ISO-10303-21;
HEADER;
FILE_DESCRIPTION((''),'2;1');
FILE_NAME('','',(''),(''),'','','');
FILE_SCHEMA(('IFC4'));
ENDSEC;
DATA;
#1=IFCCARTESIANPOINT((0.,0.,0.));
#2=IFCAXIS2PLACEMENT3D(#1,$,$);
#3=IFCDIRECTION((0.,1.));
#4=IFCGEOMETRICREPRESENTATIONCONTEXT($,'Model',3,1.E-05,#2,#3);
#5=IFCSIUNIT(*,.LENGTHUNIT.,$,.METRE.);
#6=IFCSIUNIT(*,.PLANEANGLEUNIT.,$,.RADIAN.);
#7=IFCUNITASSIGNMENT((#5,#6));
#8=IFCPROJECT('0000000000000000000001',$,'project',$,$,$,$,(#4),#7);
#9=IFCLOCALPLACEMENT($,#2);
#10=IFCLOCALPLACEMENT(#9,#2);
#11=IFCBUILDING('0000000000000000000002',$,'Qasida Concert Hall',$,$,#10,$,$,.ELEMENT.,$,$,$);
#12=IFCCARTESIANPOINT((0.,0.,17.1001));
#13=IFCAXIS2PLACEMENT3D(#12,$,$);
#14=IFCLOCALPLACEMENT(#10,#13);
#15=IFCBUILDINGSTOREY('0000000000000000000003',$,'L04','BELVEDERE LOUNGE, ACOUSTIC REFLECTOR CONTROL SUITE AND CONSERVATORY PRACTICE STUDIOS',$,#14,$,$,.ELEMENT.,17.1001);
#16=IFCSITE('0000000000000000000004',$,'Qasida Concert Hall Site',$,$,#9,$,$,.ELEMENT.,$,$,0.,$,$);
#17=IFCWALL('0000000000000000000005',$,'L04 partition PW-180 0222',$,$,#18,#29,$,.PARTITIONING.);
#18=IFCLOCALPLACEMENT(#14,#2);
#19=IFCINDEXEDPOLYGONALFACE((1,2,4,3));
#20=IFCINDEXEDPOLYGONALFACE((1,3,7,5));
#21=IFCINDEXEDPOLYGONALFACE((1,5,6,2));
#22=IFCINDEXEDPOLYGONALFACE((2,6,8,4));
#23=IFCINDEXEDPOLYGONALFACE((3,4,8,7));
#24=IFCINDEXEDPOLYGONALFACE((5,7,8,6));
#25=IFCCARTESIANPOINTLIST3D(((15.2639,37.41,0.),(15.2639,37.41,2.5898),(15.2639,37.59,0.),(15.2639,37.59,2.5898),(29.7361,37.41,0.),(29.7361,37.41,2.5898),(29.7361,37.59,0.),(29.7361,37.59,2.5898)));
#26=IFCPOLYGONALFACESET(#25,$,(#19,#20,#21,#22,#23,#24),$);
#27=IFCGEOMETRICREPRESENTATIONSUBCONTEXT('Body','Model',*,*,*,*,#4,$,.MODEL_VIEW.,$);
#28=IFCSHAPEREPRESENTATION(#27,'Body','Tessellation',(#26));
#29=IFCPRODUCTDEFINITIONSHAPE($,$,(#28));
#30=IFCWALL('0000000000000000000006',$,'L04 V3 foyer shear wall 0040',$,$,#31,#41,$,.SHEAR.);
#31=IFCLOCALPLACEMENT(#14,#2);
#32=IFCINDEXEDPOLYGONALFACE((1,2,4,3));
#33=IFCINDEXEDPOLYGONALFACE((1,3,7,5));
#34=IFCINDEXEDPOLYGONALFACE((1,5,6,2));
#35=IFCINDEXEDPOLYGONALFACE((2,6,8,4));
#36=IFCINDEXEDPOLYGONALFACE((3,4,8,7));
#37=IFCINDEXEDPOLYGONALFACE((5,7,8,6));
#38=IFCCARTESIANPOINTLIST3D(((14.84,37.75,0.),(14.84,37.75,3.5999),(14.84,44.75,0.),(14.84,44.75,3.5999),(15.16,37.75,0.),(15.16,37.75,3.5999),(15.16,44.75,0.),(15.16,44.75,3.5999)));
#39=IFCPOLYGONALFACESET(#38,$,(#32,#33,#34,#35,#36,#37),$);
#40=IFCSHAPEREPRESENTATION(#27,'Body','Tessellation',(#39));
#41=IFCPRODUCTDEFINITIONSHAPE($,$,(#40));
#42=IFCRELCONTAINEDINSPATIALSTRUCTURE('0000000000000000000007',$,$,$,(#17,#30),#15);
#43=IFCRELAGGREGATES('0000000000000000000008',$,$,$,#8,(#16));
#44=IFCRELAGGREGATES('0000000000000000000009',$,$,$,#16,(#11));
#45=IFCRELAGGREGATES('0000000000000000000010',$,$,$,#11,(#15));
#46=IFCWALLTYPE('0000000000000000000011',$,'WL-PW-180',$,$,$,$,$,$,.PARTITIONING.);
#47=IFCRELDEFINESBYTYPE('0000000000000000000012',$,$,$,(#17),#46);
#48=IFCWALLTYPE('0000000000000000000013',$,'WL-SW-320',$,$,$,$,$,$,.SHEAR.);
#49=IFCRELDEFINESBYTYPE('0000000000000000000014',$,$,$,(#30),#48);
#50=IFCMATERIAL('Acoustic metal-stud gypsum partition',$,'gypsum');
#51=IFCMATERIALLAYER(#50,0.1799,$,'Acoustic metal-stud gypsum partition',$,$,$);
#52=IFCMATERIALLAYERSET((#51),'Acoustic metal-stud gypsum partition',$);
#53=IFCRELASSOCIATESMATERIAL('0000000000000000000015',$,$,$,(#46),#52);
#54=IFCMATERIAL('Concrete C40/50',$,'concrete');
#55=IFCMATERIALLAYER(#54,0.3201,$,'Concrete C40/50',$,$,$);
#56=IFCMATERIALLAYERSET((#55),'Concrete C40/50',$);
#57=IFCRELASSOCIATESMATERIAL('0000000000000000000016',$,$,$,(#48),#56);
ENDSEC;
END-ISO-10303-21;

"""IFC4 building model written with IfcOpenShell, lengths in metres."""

from ifc_helpers import new_model, si_unit, direction, frame, frame_2d, origin, place, context, subcontext, project, spatial, rectangle, extrude, material, layer, layer_set, type_object, element, save


model = new_model("IFC4")

# Units and contexts
model_context = context("Model", 3, precision=1e-05, world=origin(), true_north=direction((0.0, 1.0)))
body_context = subcontext(model_context, "Body", "Model", "MODEL_VIEW")
ifc_project = project(units=[si_unit("LENGTHUNIT", "METRE"), si_unit("PLANEANGLEUNIT", "RADIAN")], contexts=[model_context])

# Site, building, storey
site_placement = place(None, origin())
site = spatial("IfcSite", under=ifc_project, at=site_placement, Name="Qasida Concert Hall Site", CompositionType="ELEMENT", RefElevation=0.0)
building_placement = place(site_placement, origin())
building = spatial("IfcBuilding", under=site, at=building_placement, Name="Qasida Concert Hall", CompositionType="ELEMENT")
storey_placement = place(building_placement, frame((0.0, 0.0, 17.1001)))
storey = spatial("IfcBuildingStorey", under=building, at=storey_placement, Name="L04", Description="BELVEDERE LOUNGE, ACOUSTIC REFLECTOR CONTROL SUITE AND CONSERVATORY PRACTICE STUDIOS", CompositionType="ELEMENT", Elevation=17.1001)

# Shared definitions
ifc_material_1 = material(Name="Concrete C40/50", Category="concrete")

# Wall
ifc_material_2 = material(Name="Acoustic metal-stud gypsum partition", Category="gypsum")
ifc_layer_1 = layer(ifc_material_2, 0.1799, Name="Acoustic metal-stud gypsum partition")
ifc_layer_set_1 = layer_set([ifc_layer_1], Name="Acoustic metal-stud gypsum partition")
wall_type_1 = type_object("IfcWallType", Name="WL-PW-180", PredefinedType="PARTITIONING", material=ifc_layer_set_1)
wall_1_placement = place(storey_placement, frame((15.2639, 37.5, 0.0), z_axis=(0.0, 0.0, 1.0), x_axis=(1.0, 0.0, 0.0)))
element("IfcWall", 1, at=wall_1_placement, inside=storey, type_object=wall_type_1, Name="L04 partition PW-180 0222", PredefinedType="PARTITIONING", context=body_context, shape_type="SweptSolid", body=[
    extrude(rectangle(XDim=14.4722, YDim=0.1799, at=frame_2d((7.2361, 0.0))), origin(), (0.0, 0.0, 1.0), 2.5898),
])

# Wall
ifc_layer_2 = layer(ifc_material_1, 0.3201, Name="Concrete C40/50")
ifc_layer_set_2 = layer_set([ifc_layer_2], Name="Concrete C40/50")
wall_type_2 = type_object("IfcWallType", Name="WL-SW-320", PredefinedType="SHEAR", material=ifc_layer_set_2)
wall_2_placement = place(storey_placement, frame((15.0, 37.75, 0.0), z_axis=(0.0, 0.0, 1.0), x_axis=(0.0, 1.0, 0.0)))
element("IfcWall", 2, at=wall_2_placement, inside=storey, type_object=wall_type_2, Name="L04 V3 foyer shear wall 0040", PredefinedType="SHEAR", context=body_context, shape_type="SweptSolid", body=[
    extrude(rectangle(XDim=7.0, YDim=0.3201, at=frame_2d((3.5, 0.0))), origin(), (0.0, 0.0, 1.0), 3.5999),
])

save(model, "model.ifc")
